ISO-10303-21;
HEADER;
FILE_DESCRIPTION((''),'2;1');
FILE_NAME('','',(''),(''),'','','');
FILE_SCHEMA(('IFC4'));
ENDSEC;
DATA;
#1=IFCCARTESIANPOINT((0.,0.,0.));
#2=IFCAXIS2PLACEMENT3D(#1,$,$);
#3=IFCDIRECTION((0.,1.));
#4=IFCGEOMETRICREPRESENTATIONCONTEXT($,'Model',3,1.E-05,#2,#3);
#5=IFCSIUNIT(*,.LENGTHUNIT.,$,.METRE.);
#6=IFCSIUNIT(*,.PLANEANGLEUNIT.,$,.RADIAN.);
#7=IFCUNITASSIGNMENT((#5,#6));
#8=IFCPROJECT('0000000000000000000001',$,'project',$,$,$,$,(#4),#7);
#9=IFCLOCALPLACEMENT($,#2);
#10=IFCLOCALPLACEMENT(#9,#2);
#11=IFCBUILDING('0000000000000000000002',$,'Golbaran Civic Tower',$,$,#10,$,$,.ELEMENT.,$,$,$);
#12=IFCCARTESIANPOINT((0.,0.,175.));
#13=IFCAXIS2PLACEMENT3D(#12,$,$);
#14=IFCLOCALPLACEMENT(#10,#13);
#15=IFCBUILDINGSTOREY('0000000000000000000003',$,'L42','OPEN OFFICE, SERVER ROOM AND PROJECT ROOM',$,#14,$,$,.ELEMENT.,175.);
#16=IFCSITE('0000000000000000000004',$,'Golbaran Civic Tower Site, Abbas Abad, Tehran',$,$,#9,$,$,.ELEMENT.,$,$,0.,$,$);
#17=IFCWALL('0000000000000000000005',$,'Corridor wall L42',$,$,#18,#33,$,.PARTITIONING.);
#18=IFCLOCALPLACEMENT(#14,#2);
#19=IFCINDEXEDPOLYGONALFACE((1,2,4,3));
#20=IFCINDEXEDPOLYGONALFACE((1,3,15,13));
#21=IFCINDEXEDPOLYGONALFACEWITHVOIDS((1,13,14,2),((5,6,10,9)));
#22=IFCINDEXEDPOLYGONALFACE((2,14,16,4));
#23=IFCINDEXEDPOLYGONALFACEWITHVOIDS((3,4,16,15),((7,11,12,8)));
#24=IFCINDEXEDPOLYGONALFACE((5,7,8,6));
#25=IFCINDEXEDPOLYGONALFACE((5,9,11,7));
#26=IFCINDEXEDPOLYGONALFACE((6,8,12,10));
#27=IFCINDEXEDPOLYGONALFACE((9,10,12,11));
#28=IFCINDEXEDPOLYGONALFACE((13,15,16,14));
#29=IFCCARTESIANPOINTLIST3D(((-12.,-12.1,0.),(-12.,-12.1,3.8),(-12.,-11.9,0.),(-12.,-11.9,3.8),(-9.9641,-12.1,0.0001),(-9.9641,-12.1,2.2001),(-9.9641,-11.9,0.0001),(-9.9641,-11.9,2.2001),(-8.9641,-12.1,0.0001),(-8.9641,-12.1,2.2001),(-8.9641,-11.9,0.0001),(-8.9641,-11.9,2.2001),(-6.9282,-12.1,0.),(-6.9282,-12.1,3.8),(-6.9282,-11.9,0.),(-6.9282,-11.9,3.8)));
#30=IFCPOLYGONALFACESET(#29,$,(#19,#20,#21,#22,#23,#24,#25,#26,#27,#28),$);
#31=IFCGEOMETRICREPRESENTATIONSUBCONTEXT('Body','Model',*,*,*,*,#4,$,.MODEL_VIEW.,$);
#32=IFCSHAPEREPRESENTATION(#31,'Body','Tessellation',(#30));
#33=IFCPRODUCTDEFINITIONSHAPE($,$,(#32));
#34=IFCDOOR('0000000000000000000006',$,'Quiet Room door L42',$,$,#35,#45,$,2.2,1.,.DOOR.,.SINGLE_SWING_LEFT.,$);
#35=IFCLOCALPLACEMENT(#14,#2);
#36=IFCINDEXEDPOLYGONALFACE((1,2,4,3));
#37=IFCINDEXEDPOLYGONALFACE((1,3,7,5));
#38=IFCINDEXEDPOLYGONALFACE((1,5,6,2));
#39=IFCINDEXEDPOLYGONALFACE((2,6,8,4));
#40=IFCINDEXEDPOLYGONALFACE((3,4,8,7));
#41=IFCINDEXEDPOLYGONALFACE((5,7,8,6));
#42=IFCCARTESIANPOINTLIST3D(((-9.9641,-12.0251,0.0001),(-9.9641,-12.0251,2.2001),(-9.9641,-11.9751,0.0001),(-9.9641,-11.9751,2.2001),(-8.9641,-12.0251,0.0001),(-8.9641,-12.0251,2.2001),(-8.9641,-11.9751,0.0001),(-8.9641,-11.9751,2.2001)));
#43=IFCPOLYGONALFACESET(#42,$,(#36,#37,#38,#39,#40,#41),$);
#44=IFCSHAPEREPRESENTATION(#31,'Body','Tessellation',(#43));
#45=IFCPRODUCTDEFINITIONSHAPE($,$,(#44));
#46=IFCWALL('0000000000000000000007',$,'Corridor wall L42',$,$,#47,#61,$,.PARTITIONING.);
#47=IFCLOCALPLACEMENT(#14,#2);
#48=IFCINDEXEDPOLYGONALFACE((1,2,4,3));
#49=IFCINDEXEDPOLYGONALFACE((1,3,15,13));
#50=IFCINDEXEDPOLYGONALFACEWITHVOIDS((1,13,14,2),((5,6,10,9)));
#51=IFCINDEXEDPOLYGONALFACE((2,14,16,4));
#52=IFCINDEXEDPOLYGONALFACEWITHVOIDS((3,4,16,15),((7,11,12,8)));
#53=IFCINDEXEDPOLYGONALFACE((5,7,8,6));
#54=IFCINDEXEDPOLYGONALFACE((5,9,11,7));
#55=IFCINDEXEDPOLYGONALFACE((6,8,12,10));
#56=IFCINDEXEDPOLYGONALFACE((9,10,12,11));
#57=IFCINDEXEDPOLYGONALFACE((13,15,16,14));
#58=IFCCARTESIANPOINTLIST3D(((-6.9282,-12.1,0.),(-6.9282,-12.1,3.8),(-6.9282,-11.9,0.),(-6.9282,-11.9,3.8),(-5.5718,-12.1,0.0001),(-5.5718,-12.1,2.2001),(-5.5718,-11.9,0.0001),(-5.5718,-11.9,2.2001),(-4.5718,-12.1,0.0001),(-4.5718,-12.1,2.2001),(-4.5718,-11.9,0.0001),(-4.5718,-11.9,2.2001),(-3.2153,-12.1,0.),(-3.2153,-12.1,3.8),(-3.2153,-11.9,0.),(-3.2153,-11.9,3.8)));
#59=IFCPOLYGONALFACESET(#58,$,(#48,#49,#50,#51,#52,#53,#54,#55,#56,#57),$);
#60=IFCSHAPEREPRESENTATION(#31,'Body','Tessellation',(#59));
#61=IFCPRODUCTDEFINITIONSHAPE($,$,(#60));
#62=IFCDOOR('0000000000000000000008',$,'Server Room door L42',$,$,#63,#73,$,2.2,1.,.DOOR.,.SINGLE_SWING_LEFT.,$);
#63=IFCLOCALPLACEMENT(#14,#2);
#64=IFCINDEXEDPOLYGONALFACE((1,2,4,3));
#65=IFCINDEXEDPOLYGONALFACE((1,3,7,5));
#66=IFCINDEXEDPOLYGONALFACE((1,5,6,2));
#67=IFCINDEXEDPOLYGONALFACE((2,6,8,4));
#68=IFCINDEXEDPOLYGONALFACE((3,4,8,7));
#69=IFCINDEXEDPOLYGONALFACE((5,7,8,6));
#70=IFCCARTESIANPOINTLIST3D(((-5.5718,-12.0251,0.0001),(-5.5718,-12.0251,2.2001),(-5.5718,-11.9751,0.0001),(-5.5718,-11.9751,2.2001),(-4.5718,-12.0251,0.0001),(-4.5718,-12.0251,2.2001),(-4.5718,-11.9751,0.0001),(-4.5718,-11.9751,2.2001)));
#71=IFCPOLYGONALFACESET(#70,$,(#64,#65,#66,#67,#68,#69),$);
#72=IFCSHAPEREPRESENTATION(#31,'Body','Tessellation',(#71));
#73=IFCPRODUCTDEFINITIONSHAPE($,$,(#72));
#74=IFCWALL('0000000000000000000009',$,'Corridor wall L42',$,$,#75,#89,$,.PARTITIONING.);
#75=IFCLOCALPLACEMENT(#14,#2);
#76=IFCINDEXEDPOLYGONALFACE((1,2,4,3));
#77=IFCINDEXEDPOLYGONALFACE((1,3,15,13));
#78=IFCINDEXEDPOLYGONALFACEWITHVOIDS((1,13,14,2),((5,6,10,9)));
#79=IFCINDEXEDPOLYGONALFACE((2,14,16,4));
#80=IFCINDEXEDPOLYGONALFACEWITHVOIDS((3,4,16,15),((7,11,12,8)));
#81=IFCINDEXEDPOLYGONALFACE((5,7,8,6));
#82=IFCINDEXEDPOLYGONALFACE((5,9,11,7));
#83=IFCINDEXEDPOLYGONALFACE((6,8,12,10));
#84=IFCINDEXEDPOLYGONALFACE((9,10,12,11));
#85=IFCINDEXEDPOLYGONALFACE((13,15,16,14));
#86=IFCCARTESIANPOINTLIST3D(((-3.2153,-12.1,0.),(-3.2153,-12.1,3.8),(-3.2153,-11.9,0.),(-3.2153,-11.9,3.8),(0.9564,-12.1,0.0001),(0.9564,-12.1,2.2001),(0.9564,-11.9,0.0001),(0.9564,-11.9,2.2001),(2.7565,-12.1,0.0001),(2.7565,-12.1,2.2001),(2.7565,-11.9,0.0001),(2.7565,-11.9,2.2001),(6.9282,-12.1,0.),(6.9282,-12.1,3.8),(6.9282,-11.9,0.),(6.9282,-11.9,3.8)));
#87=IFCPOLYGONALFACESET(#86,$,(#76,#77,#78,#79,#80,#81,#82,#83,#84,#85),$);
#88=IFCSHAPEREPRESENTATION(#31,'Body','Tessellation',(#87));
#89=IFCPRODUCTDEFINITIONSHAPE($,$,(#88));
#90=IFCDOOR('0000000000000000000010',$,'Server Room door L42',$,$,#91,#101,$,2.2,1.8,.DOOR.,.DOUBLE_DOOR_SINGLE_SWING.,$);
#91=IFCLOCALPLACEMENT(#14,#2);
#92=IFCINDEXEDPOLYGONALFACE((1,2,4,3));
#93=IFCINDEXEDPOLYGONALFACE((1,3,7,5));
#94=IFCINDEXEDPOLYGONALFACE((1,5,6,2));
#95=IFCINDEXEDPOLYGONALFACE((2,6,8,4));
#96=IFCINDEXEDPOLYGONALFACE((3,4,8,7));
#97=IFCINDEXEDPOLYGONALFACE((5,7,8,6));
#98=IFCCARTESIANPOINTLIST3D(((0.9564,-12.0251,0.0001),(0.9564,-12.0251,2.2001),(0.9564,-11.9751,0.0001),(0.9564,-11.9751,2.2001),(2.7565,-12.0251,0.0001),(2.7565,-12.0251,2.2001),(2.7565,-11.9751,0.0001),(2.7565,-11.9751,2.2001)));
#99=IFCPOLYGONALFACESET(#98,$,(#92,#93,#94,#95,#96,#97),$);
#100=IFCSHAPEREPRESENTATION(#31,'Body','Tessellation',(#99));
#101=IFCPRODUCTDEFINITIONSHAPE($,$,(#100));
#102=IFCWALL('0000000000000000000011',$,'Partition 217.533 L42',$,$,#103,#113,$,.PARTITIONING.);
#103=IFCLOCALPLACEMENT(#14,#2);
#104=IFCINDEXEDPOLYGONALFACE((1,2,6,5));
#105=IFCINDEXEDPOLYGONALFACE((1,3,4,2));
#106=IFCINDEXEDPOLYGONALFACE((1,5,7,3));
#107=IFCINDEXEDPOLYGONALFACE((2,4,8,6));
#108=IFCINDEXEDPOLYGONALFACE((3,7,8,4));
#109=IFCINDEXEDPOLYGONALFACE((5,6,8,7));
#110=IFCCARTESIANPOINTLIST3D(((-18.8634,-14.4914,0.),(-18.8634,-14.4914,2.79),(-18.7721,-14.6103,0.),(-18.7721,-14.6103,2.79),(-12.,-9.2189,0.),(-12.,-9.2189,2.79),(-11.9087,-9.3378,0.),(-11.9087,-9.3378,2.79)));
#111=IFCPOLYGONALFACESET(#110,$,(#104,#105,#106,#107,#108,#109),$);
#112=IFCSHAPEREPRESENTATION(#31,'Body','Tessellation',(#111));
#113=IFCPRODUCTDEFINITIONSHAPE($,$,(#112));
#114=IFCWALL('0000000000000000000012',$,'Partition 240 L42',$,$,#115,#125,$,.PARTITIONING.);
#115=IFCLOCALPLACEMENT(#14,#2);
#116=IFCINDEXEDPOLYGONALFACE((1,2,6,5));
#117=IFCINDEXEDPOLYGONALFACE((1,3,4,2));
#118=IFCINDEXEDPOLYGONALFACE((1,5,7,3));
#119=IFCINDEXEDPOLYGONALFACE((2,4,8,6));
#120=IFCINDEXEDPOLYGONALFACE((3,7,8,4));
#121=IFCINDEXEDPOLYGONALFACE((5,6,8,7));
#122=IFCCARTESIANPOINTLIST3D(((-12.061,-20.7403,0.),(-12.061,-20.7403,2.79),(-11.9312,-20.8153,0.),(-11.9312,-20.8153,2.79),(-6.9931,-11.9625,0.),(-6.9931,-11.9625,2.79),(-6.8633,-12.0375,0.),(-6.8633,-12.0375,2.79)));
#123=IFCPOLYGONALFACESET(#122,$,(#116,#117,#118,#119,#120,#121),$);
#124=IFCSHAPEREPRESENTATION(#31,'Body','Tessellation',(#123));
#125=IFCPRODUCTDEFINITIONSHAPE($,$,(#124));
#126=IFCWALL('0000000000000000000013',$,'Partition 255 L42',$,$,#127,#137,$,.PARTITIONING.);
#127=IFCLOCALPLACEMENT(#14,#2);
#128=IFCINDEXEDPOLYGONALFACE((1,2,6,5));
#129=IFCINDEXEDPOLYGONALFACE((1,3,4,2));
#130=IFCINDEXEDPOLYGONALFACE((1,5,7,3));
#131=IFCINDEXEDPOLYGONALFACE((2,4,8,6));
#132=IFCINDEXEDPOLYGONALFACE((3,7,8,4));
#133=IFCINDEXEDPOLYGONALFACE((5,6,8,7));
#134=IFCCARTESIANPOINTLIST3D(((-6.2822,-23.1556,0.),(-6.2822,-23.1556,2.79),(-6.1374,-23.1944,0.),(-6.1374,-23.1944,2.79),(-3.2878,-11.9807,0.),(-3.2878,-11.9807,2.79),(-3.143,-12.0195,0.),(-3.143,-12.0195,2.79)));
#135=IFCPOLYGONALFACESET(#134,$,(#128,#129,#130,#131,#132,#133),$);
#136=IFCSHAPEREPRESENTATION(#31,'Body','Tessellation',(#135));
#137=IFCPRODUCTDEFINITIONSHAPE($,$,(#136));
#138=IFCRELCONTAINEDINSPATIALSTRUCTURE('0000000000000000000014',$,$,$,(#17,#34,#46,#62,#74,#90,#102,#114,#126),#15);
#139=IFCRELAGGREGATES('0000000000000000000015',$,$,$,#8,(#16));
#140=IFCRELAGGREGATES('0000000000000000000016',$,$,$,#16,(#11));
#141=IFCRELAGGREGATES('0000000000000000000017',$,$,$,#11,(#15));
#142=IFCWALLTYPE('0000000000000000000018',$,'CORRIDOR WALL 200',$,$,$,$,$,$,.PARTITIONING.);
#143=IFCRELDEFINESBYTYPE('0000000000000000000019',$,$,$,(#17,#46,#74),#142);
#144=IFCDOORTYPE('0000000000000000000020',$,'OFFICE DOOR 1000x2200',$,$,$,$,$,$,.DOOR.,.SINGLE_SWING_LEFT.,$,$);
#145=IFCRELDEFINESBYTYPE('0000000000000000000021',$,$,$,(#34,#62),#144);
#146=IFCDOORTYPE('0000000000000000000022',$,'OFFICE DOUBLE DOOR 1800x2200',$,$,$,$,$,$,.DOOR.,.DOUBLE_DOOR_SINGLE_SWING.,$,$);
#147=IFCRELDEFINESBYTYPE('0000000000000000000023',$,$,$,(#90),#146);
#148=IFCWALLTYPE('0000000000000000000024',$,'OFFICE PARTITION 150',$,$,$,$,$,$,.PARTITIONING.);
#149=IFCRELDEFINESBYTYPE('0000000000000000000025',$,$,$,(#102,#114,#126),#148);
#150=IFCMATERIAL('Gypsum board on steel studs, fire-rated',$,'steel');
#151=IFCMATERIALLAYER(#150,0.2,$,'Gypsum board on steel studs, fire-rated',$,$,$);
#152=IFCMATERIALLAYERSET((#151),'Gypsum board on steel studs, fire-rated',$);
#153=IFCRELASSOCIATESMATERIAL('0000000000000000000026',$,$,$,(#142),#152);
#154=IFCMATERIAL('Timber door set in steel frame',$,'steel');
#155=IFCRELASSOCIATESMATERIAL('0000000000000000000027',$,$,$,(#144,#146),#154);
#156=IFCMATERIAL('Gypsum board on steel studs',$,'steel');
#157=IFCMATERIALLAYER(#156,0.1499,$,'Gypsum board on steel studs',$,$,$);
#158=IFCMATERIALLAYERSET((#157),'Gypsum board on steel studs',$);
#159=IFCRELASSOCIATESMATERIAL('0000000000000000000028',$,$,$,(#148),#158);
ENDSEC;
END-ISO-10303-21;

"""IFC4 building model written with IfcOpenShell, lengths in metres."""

from ifc_helpers import new_model, si_unit, direction, frame, frame_2d, origin, place, context, subcontext, project, spatial, rectangle, extrude, material, layer, layer_set, type_object, element, fill, save


model = new_model("IFC4")

# Units and contexts
model_context = context("Model", 3, precision=1e-05, world=origin(), true_north=direction((0.0, 1.0)))
body_context = subcontext(model_context, "Body", "Model", "MODEL_VIEW")
ifc_project = project(units=[si_unit("LENGTHUNIT", "METRE"), si_unit("PLANEANGLEUNIT", "RADIAN")], contexts=[model_context])

# Site, building, storey
site_placement = place(None, origin())
site = spatial("IfcSite", under=ifc_project, at=site_placement, Name="Golbaran Civic Tower Site, Abbas Abad, Tehran", CompositionType="ELEMENT", RefElevation=0.0)
building_placement = place(site_placement, origin())
building = spatial("IfcBuilding", under=site, at=building_placement, Name="Golbaran Civic Tower", CompositionType="ELEMENT")
storey_placement = place(building_placement, frame((0.0, 0.0, 175.0)))
storey = spatial("IfcBuildingStorey", under=building, at=storey_placement, Name="L42", Description="OPEN OFFICE, SERVER ROOM AND PROJECT ROOM", CompositionType="ELEMENT", Elevation=175.0)

# Walls, openings, doors
ifc_material_1 = material(Name="Timber door set in steel frame", Category="steel")
ifc_material_2 = material(Name="Gypsum board on steel studs, fire-rated", Category="steel")
ifc_layer_1 = layer(ifc_material_2, 0.2, Name="Gypsum board on steel studs, fire-rated")
ifc_layer_set_1 = layer_set([ifc_layer_1], Name="Gypsum board on steel studs, fire-rated")
wall_type_1 = type_object("IfcWallType", Name="CORRIDOR WALL 200", PredefinedType="PARTITIONING", material=ifc_layer_set_1)
wall_1_placement = place(storey_placement, frame((-12.0, -12.0, 0.0), z_axis=(0.0, 0.0, 1.0), x_axis=(1.0, 0.0, 0.0)))
wall_1 = element("IfcWall", 1, at=wall_1_placement, inside=storey, type_object=wall_type_1, Name="Corridor wall L42", PredefinedType="PARTITIONING", context=body_context, shape_type="SweptSolid", body=[
    extrude(rectangle(XDim=5.0718, YDim=0.2, at=frame_2d((2.5359, 0.0))), origin(), (0.0, 0.0, 1.0), 3.8),
])
opening_1_placement = place(wall_1_placement, frame((2.0359, 0.0, 0.0)))
opening_1 = element("IfcOpeningElement", 2, at=opening_1_placement, cuts=wall_1, PredefinedType="OPENING", context=body_context, shape_type="SweptSolid", body=[
    extrude(rectangle(XDim=1.0, YDim=2.2, at=frame_2d((0.5, 1.1001))), frame((0.0, 0.1099, 0.0), z_axis=(0.0, -1.0, 0.0), x_axis=(1.0, 0.0, 0.0)), (0.0, 0.0, 1.0), 0.22),
])
door_type_1 = type_object("IfcDoorType", Name="OFFICE DOOR 1000x2200", OperationType="SINGLE_SWING_LEFT", PredefinedType="DOOR", material=ifc_material_1)
door_1_placement = place(opening_1_placement, origin())
door_1 = element("IfcDoor", 3, at=door_1_placement, inside=storey, type_object=door_type_1, Name="Quiet Room door L42", OperationType="SINGLE_SWING_LEFT", OverallHeight=2.2, OverallWidth=1.0, PredefinedType="DOOR", context=body_context, shape_type="SweptSolid", body=[
    extrude(rectangle(XDim=1.0, YDim=2.2, at=frame_2d((0.5, 1.1001))), frame((0.0, 0.0249, 0.0), z_axis=(0.0, -1.0, 0.0), x_axis=(1.0, 0.0, 0.0)), (0.0, 0.0, 1.0), 0.05),
])
fill(opening_1, door_1)
wall_2_placement = place(storey_placement, frame((-6.9282, -12.0, 0.0), z_axis=(0.0, 0.0, 1.0), x_axis=(1.0, 0.0, 0.0)))
wall_2 = element("IfcWall", 4, at=wall_2_placement, inside=storey, type_object=wall_type_1, Name="Corridor wall L42", PredefinedType="PARTITIONING", context=body_context, shape_type="SweptSolid", body=[
    extrude(rectangle(XDim=3.7129, YDim=0.2, at=frame_2d((1.8564, 0.0))), origin(), (0.0, 0.0, 1.0), 3.8),
])
opening_2_placement = place(wall_2_placement, frame((1.3564, 0.0, 0.0)))
opening_2 = element("IfcOpeningElement", 5, at=opening_2_placement, cuts=wall_2, PredefinedType="OPENING", context=body_context, shape_type="SweptSolid", body=[
    extrude(rectangle(XDim=1.0, YDim=2.2, at=frame_2d((0.5, 1.1001))), frame((0.0, 0.1099, 0.0), z_axis=(0.0, -1.0, 0.0), x_axis=(1.0, 0.0, 0.0)), (0.0, 0.0, 1.0), 0.22),
])
door_2_placement = place(opening_2_placement, origin())
door_2 = element("IfcDoor", 6, at=door_2_placement, inside=storey, type_object=door_type_1, Name="Server Room door L42", OperationType="SINGLE_SWING_LEFT", OverallHeight=2.2, OverallWidth=1.0, PredefinedType="DOOR", context=body_context, shape_type="SweptSolid", body=[
    extrude(rectangle(XDim=1.0, YDim=2.2, at=frame_2d((0.5, 1.1001))), frame((0.0, 0.0249, 0.0), z_axis=(0.0, -1.0, 0.0), x_axis=(1.0, 0.0, 0.0)), (0.0, 0.0, 1.0), 0.05),
])
fill(opening_2, door_2)
wall_3_placement = place(storey_placement, frame((-3.2153, -12.0, 0.0), z_axis=(0.0, 0.0, 1.0), x_axis=(1.0, 0.0, 0.0)))
wall_3 = element("IfcWall", 7, at=wall_3_placement, inside=storey, type_object=wall_type_1, Name="Corridor wall L42", PredefinedType="PARTITIONING", context=body_context, shape_type="SweptSolid", body=[
    extrude(rectangle(XDim=10.1436, YDim=0.2, at=frame_2d((5.0718, 0.0))), origin(), (0.0, 0.0, 1.0), 3.8),
])
opening_3_placement = place(wall_3_placement, frame((4.1719, 0.0, 0.0)))
opening_3 = element("IfcOpeningElement", 8, at=opening_3_placement, cuts=wall_3, PredefinedType="OPENING", context=body_context, shape_type="SweptSolid", body=[
    extrude(rectangle(XDim=1.8, YDim=2.2, at=frame_2d((0.8999, 1.1001))), frame((0.0, 0.1099, 0.0), z_axis=(0.0, -1.0, 0.0), x_axis=(1.0, 0.0, 0.0)), (0.0, 0.0, 1.0), 0.22),
])
door_type_2 = type_object("IfcDoorType", Name="OFFICE DOUBLE DOOR 1800x2200", OperationType="DOUBLE_DOOR_SINGLE_SWING", PredefinedType="DOOR", material=ifc_material_1)
door_3_placement = place(opening_3_placement, origin())
door_3 = element("IfcDoor", 9, at=door_3_placement, inside=storey, type_object=door_type_2, Name="Server Room door L42", OperationType="DOUBLE_DOOR_SINGLE_SWING", OverallHeight=2.2, OverallWidth=1.8, PredefinedType="DOOR", context=body_context, shape_type="SweptSolid", body=[
    extrude(rectangle(XDim=1.8, YDim=2.2, at=frame_2d((0.8999, 1.1001))), frame((0.0, 0.0249, 0.0), z_axis=(0.0, -1.0, 0.0), x_axis=(1.0, 0.0, 0.0)), (0.0, 0.0, 1.0), 0.05),
])
fill(opening_3, door_3)

# Walls
ifc_material_3 = material(Name="Gypsum board on steel studs", Category="steel")
ifc_layer_2 = layer(ifc_material_3, 0.1499, Name="Gypsum board on steel studs")
ifc_layer_set_2 = layer_set([ifc_layer_2], Name="Gypsum board on steel studs")
wall_type_2 = type_object("IfcWallType", Name="OFFICE PARTITION 150", PredefinedType="PARTITIONING", material=ifc_layer_set_2)
wall_4_placement = place(storey_placement, frame((-11.9543, -9.2783, 0.0), z_axis=(0.0, 0.0, 1.0), x_axis=(-0.793014, -0.609204, 0.0)))
element("IfcWall", 10, at=wall_4_placement, inside=storey, type_object=wall_type_2, Name="Partition 217.533 L42", PredefinedType="PARTITIONING", context=body_context, shape_type="SweptSolid", body=[
    extrude(rectangle(XDim=8.6548, YDim=0.1499, at=frame_2d((4.3274, 0.0))), origin(), (0.0, 0.0, 1.0), 2.79),
])
wall_5_placement = place(storey_placement, frame((-6.9282, -12.0, 0.0), z_axis=(0.0, 0.0, 1.0), x_axis=(-0.499999, -0.866026, 0.0)))
element("IfcWall", 11, at=wall_5_placement, inside=storey, type_object=wall_type_2, Name="Partition 240 L42", PredefinedType="PARTITIONING", context=body_context, shape_type="SweptSolid", body=[
    extrude(rectangle(XDim=10.1357, YDim=0.1499, at=frame_2d((5.0679, 0.0))), origin(), (0.0, 0.0, 1.0), 2.79),
])
wall_6_placement = place(storey_placement, frame((-3.2153, -12.0, 0.0), z_axis=(0.0, 0.0, 1.0), x_axis=(-0.258828, -0.965924, 0.0)))
element("IfcWall", 12, at=wall_6_placement, inside=storey, type_object=wall_type_2, Name="Partition 255 L42", PredefinedType="PARTITIONING", context=body_context, shape_type="SweptSolid", body=[
    extrude(rectangle(XDim=11.5691, YDim=0.1499, at=frame_2d((5.7847, 0.0))), origin(), (0.0, 0.0, 1.0), 2.79),
])

save(model, "model.ifc")
